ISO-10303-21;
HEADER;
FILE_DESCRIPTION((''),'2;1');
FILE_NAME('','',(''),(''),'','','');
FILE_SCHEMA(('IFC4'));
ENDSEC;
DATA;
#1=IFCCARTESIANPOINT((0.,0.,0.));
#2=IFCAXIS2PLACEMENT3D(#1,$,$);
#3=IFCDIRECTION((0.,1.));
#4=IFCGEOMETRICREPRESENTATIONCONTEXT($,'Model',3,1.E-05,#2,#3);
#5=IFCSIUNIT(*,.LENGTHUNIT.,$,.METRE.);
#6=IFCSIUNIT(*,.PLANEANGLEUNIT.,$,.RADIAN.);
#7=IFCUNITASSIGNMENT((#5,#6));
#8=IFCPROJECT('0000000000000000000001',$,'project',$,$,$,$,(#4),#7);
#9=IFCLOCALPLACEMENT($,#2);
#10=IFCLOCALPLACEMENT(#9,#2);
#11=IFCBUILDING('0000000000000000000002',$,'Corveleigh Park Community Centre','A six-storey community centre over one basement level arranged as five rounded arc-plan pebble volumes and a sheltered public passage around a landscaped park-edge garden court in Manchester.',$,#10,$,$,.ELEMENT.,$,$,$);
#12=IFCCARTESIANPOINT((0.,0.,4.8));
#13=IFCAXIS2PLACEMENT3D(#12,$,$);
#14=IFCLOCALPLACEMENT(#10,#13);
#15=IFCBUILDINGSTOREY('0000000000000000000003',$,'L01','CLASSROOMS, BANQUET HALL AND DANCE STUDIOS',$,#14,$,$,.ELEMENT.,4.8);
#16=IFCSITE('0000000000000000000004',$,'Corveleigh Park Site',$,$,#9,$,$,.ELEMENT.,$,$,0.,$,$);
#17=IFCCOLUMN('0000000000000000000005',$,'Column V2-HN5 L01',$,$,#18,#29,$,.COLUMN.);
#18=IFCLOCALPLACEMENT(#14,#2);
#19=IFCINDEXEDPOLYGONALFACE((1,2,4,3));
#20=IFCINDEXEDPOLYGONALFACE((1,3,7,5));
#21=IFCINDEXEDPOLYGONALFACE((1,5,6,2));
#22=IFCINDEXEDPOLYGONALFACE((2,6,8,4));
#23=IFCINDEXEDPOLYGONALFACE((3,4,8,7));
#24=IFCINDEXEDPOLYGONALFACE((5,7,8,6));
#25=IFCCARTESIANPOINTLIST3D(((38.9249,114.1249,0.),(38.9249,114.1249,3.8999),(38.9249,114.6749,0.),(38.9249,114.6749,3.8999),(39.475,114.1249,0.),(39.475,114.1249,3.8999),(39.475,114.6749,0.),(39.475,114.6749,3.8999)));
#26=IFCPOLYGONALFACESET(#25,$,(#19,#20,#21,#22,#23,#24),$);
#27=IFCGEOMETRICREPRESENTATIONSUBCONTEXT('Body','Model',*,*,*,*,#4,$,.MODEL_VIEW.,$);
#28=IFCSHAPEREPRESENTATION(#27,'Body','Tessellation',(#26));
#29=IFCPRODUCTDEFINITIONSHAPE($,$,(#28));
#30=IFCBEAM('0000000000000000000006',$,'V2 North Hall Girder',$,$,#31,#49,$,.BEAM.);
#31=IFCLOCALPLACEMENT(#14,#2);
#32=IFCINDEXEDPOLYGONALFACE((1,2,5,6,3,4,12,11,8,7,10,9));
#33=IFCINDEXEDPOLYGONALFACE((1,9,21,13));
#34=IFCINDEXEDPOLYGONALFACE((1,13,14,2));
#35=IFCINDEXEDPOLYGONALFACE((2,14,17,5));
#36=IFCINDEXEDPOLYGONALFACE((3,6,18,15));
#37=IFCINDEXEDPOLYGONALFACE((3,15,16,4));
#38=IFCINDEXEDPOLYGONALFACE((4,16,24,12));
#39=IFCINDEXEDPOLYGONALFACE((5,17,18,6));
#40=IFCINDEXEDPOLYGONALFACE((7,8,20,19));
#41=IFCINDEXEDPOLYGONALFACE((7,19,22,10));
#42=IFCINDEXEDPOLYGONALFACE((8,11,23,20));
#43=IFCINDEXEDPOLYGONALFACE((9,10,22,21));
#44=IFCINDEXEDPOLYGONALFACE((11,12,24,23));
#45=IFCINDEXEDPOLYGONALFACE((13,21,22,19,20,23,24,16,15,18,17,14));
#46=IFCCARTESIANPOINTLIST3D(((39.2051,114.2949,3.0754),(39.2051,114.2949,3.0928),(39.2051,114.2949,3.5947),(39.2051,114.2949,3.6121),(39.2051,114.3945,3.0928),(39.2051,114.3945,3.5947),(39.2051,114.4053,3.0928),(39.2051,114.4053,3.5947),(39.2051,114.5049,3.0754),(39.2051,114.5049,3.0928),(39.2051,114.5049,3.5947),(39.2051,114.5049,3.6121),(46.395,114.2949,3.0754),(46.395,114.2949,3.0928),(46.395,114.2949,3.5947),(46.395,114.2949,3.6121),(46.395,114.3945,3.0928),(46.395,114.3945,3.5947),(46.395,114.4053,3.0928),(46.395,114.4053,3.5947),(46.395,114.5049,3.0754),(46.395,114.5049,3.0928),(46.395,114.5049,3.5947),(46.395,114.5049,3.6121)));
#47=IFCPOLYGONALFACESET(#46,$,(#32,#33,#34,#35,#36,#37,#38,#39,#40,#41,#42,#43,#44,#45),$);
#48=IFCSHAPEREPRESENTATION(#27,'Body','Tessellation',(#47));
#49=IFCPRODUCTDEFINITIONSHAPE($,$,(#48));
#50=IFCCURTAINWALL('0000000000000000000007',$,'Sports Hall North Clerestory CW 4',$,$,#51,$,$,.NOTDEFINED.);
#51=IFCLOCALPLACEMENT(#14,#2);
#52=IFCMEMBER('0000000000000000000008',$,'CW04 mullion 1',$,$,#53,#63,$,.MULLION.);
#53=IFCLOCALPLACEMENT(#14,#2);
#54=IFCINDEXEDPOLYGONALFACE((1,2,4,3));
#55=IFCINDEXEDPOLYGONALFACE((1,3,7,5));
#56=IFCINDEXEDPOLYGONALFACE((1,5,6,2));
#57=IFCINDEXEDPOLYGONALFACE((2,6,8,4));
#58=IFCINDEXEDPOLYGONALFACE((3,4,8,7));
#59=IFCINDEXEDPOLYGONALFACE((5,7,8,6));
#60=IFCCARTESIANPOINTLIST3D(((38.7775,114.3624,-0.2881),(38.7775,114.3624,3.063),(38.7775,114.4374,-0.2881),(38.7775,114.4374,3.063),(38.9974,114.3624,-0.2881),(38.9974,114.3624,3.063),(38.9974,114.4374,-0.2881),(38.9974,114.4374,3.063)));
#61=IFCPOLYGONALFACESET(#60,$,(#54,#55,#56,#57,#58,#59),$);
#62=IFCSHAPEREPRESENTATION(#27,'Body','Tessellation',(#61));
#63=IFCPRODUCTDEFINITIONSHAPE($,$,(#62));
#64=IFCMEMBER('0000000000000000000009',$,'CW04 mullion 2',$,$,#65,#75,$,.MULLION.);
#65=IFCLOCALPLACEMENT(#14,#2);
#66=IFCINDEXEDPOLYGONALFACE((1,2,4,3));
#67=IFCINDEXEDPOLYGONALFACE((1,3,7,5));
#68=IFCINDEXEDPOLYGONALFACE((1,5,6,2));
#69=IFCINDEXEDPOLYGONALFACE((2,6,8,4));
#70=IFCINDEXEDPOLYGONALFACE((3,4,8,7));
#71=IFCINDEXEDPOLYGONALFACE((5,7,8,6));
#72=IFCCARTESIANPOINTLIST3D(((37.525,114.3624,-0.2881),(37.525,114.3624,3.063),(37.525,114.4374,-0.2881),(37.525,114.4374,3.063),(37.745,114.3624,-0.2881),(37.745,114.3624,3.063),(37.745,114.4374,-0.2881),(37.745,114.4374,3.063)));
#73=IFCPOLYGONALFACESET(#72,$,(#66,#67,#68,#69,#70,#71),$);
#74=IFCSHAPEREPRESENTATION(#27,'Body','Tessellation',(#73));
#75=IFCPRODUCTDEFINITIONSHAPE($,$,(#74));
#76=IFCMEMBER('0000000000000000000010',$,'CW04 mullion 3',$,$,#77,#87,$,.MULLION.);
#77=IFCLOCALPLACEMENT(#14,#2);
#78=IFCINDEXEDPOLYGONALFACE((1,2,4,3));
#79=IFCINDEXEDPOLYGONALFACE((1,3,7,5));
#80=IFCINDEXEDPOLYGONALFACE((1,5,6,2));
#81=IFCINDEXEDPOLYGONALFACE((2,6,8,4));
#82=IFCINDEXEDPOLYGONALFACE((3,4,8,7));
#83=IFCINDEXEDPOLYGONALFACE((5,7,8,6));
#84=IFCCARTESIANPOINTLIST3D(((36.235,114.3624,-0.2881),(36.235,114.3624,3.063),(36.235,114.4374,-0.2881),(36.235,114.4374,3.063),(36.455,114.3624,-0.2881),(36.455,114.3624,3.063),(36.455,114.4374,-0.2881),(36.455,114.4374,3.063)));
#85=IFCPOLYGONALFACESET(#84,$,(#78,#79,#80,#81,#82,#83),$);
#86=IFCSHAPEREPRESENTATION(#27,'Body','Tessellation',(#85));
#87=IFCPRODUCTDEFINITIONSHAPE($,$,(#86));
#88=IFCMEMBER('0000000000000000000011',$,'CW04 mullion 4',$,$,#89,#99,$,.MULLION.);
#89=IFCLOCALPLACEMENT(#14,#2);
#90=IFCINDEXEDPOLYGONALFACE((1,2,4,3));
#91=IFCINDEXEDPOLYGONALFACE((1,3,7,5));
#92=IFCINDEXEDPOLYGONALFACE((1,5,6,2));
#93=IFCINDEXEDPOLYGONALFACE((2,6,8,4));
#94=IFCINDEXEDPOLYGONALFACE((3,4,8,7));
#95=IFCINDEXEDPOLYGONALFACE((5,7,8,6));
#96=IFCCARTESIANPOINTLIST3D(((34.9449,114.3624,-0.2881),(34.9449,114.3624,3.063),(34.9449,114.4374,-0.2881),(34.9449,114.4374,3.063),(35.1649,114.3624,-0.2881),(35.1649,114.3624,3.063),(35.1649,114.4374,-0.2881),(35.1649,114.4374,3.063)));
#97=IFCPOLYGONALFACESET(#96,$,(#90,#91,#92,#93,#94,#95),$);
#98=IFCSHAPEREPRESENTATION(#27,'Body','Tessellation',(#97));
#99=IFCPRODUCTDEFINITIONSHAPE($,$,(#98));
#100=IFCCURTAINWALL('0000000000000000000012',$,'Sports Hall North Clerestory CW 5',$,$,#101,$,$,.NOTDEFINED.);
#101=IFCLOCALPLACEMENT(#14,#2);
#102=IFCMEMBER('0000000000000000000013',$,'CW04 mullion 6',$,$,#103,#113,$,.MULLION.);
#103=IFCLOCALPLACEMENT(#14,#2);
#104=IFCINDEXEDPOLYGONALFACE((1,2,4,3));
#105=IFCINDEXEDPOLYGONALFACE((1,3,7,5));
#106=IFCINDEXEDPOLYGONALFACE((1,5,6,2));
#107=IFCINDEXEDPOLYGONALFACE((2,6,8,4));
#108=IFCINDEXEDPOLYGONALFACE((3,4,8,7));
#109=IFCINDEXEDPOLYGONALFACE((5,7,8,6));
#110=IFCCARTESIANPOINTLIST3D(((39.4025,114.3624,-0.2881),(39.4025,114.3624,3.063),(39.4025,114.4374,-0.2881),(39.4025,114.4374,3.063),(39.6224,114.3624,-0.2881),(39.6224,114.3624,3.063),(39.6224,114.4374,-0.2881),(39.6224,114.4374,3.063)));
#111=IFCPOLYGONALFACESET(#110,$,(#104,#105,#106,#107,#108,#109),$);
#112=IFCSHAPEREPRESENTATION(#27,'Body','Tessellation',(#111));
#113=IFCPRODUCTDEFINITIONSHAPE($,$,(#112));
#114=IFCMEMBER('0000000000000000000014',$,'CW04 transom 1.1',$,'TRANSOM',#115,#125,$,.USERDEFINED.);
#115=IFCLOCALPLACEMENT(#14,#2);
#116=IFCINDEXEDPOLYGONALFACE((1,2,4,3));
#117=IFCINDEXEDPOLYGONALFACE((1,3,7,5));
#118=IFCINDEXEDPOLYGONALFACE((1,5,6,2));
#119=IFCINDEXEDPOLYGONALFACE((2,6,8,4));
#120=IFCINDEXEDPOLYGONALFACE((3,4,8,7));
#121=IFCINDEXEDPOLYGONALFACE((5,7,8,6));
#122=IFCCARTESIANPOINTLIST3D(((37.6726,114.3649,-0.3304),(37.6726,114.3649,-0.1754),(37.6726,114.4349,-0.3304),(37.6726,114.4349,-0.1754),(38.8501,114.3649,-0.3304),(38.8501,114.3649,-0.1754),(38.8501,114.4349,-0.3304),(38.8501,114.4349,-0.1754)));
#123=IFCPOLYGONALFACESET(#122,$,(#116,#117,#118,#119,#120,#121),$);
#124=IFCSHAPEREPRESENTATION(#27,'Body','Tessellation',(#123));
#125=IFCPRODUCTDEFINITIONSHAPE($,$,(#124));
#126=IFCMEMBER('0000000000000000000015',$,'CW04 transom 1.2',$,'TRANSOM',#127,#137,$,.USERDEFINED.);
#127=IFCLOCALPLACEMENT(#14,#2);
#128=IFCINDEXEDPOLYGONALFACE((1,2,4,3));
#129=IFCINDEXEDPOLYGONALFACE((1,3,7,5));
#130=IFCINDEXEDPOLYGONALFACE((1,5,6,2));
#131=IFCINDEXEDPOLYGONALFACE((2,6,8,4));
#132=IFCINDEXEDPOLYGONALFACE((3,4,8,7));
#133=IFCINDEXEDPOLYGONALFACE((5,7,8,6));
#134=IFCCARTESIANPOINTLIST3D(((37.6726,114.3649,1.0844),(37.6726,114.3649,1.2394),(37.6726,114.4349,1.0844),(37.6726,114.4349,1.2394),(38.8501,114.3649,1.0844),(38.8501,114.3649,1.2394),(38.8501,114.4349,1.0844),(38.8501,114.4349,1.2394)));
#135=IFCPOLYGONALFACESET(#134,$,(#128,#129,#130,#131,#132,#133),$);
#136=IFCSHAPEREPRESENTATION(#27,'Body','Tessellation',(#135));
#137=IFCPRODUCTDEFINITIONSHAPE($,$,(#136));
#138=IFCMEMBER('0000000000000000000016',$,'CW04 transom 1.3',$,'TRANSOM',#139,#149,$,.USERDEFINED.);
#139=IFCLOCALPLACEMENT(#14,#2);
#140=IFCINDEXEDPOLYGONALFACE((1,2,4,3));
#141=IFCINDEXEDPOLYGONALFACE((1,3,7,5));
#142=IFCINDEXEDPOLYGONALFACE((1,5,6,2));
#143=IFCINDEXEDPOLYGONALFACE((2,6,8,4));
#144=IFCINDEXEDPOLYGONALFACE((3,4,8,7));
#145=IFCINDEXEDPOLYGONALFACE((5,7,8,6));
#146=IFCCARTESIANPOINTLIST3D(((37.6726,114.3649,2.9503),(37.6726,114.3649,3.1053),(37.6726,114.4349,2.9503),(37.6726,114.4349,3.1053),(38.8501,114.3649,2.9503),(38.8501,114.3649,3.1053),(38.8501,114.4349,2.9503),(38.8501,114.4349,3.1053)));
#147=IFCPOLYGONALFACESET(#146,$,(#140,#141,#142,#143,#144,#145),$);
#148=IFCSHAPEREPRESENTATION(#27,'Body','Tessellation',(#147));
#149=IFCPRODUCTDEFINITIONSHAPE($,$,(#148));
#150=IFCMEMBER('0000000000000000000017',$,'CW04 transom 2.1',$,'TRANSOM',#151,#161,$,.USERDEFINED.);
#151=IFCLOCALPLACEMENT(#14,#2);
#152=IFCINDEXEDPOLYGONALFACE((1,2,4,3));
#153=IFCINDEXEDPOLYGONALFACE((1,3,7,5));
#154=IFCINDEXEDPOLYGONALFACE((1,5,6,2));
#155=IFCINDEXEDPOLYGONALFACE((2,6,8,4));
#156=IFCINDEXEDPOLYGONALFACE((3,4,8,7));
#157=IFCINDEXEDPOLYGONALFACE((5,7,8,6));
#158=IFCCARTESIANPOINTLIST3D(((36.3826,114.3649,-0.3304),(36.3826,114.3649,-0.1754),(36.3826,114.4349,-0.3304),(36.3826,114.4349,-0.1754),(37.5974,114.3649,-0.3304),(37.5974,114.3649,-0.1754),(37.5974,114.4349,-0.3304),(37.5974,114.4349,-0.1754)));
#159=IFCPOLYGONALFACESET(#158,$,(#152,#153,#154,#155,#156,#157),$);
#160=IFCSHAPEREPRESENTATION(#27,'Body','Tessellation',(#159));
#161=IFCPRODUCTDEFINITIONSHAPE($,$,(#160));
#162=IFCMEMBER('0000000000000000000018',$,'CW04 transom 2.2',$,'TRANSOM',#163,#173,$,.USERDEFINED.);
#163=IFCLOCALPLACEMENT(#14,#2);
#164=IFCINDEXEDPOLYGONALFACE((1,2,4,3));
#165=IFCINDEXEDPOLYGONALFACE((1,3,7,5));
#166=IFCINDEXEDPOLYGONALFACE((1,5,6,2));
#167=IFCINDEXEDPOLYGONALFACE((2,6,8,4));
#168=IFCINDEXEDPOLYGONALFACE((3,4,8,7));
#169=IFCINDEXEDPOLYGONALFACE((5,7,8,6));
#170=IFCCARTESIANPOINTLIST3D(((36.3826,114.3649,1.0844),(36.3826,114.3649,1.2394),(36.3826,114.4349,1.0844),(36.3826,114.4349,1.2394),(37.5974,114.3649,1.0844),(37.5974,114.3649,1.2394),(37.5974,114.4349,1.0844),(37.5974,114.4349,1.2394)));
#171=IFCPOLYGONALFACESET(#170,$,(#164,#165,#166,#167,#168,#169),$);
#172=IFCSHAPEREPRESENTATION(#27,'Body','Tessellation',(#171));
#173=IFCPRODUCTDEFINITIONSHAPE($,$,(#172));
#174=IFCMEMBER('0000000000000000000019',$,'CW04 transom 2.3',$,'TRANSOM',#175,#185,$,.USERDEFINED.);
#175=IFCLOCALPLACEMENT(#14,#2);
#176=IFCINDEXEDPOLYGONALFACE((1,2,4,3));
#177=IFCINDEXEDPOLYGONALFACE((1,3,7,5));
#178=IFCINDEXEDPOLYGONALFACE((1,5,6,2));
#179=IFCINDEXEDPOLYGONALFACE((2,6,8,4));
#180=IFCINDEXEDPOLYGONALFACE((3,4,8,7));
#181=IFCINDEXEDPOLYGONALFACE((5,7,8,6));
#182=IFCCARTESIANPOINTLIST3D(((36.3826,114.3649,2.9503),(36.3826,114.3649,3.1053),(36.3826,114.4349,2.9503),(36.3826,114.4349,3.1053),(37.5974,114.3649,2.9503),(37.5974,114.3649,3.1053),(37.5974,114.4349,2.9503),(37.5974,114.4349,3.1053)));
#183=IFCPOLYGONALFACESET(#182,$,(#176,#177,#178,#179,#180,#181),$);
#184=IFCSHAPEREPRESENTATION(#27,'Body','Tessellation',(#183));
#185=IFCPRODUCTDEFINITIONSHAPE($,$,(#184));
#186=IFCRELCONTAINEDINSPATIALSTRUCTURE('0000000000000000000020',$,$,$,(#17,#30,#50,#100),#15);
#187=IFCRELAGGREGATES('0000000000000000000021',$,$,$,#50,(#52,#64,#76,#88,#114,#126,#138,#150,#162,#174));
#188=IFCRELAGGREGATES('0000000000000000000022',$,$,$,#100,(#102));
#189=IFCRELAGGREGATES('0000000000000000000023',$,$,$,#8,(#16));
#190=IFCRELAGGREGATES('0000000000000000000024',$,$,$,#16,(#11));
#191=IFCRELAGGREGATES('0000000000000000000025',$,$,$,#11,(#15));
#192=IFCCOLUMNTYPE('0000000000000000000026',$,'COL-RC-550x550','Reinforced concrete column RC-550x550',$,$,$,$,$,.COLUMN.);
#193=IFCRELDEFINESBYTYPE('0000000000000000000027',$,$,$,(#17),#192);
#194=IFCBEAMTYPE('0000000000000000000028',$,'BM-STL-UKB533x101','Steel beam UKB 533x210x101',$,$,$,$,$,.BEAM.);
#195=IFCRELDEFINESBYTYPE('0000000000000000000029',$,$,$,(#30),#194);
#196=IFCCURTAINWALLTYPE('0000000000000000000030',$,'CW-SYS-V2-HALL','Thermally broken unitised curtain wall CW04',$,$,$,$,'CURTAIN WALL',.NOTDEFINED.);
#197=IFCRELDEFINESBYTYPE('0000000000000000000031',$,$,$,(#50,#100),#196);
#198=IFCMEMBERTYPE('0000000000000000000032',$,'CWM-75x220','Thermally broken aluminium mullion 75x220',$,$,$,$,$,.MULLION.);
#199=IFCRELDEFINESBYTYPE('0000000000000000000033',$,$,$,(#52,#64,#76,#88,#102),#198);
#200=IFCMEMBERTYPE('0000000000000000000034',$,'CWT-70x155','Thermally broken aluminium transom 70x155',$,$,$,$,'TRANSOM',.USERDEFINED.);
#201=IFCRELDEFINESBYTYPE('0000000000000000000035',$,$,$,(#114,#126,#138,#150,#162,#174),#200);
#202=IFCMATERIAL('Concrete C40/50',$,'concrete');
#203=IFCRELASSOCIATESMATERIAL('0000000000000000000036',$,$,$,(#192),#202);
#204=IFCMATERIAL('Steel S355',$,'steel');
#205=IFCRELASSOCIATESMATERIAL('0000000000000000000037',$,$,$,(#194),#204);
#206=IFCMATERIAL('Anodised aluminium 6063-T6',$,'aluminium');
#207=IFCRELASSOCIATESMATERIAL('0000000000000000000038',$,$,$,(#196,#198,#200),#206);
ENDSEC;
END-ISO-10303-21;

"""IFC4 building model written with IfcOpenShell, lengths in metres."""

from ifc_helpers import new_model, si_unit, direction, frame, origin, origin_2d, place, context, subcontext, project, spatial, rectangle, i_section, extrude, material, material_profile, profile_set, type_object, element, aggregate, save


model = new_model("IFC4")

# Units and contexts
model_context = context("Model", 3, precision=1e-05, world=origin(), true_north=direction((0.0, 1.0)))
body_context = subcontext(model_context, "Body", "Model", "MODEL_VIEW")
ifc_project = project(units=[si_unit("LENGTHUNIT", "METRE"), si_unit("PLANEANGLEUNIT", "RADIAN")], contexts=[model_context])

# Site, building, storey
site_placement = place(None, origin())
site = spatial("IfcSite", under=ifc_project, at=site_placement, Name="Corveleigh Park Site", CompositionType="ELEMENT", RefElevation=0.0)
building_placement = place(site_placement, origin())
building = spatial("IfcBuilding", under=site, at=building_placement, Name="Corveleigh Park Community Centre", Description="A six-storey community centre over one basement level arranged as five rounded arc-plan pebble volumes and a sheltered public passage around a landscaped park-edge garden court in Manchester.", CompositionType="ELEMENT")
storey_placement = place(building_placement, frame((0.0, 0.0, 4.8)))
storey = spatial("IfcBuildingStorey", under=building, at=storey_placement, Name="L01", Description="CLASSROOMS, BANQUET HALL AND DANCE STUDIOS", CompositionType="ELEMENT", Elevation=4.8)

# Column
ifc_material_1 = material(Name="Concrete C40/50", Category="concrete")
ifc_material_profile_1 = material_profile(ifc_material_1, rectangle(XDim=0.55, YDim=0.55, at=origin_2d()), Name="RC-550x550", Category="concrete")
ifc_profile_set_1 = profile_set([ifc_material_profile_1], Name="Concrete C40/50")
column_type = type_object("IfcColumnType", Name="COL-RC-550x550", Description="Reinforced concrete column RC-550x550", PredefinedType="COLUMN", material=ifc_profile_set_1)
column_placement = place(storey_placement, frame((39.2, 114.3999, 0.0), z_axis=(0.0, 0.0, 1.0), x_axis=(1.0, 0.0, 0.0)))
element("IfcColumn", 1, at=column_placement, inside=storey, type_object=column_type, Name="Column V2-HN5 L01", PredefinedType="COLUMN", context=body_context, shape_type="SweptSolid", body=[
    extrude(rectangle(XDim=0.55, YDim=0.55, at=origin_2d()), origin(), (0.0, 0.0, 1.0), 3.8999),
])

# Beam
ifc_material_2 = material(Name="Steel S355", Category="steel")
ifc_material_profile_2 = material_profile(ifc_material_2, i_section(OverallWidth=0.21, OverallDepth=0.5366, WebThickness=0.0107, FlangeThickness=0.0173, at=origin_2d()), Name="UKB 533x210x101", Category="steel")
ifc_profile_set_2 = profile_set([ifc_material_profile_2], Name="Steel S355")
beam_type = type_object("IfcBeamType", Name="BM-STL-UKB533x101", Description="Steel beam UKB 533x210x101", PredefinedType="BEAM", material=ifc_profile_set_2)
beam_placement = place(storey_placement, frame((39.2051, 114.3999, 3.3438), z_axis=(1.0, 0.0, 0.0), x_axis=(0.0, 1.0, 0.0)))
element("IfcBeam", 2, at=beam_placement, inside=storey, type_object=beam_type, Name="V2 North Hall Girder", PredefinedType="BEAM", context=body_context, shape_type="SweptSolid", body=[
    extrude(i_section(OverallWidth=0.21, OverallDepth=0.5366, WebThickness=0.0107, FlangeThickness=0.0173, at=origin_2d()), origin(), (0.0, 0.0, 1.0), 7.1899),
])

# Curtain wall, members
ifc_material_3 = material(Name="Anodised aluminium 6063-T6", Category="aluminium")
curtain_wall_type = type_object("IfcCurtainWallType", Name="CW-SYS-V2-HALL", Description="Thermally broken unitised curtain wall CW04", ElementType="CURTAIN WALL", PredefinedType="NOTDEFINED", material=ifc_material_3)
curtain_wall_1_placement = place(storey_placement, origin())
curtain_wall_1 = element("IfcCurtainWall", 3, at=curtain_wall_1_placement, inside=storey, type_object=curtain_wall_type, Name="Sports Hall North Clerestory CW 4", PredefinedType="NOTDEFINED")
ifc_material_profile_3 = material_profile(ifc_material_3, rectangle(XDim=0.075, YDim=0.22, at=origin_2d()), Name="ALU-M75x220", Category="aluminium")
ifc_profile_set_3 = profile_set([ifc_material_profile_3], Name="Anodised aluminium 6063-T6")
member_type_1 = type_object("IfcMemberType", Name="CWM-75x220", Description="Thermally broken aluminium mullion 75x220", PredefinedType="MULLION", material=ifc_profile_set_3)
member_1_placement = place(storey_placement, frame((38.8875, 114.3999, -0.2881), z_axis=(0.0, 0.0, 1.0), x_axis=(0.0, -1.0, 0.0)))
member_1 = element("IfcMember", 4, at=member_1_placement, type_object=member_type_1, Name="CW04 mullion 1", PredefinedType="MULLION", context=body_context, shape_type="SweptSolid", body=[
    extrude(rectangle(XDim=0.075, YDim=0.22, at=origin_2d()), origin(), (0.0, 0.0, 1.0), 3.3511),
])
member_2_placement = place(storey_placement, frame((37.635, 114.3999, -0.2881), z_axis=(0.0, 0.0, 1.0), x_axis=(0.0, -1.0, 0.0)))
member_2 = element("IfcMember", 5, at=member_2_placement, type_object=member_type_1, Name="CW04 mullion 2", PredefinedType="MULLION", context=body_context, shape_type="SweptSolid", body=[
    extrude(rectangle(XDim=0.075, YDim=0.22, at=origin_2d()), origin(), (0.0, 0.0, 1.0), 3.3511),
])
member_3_placement = place(storey_placement, frame((36.345, 114.3999, -0.2881), z_axis=(0.0, 0.0, 1.0), x_axis=(0.0, -1.0, 0.0)))
member_3 = element("IfcMember", 6, at=member_3_placement, type_object=member_type_1, Name="CW04 mullion 3", PredefinedType="MULLION", context=body_context, shape_type="SweptSolid", body=[
    extrude(rectangle(XDim=0.075, YDim=0.22, at=origin_2d()), origin(), (0.0, 0.0, 1.0), 3.3511),
])
member_4_placement = place(storey_placement, frame((35.0549, 114.3999, -0.2881), z_axis=(0.0, 0.0, 1.0), x_axis=(0.0, -1.0, 0.0)))
member_4 = element("IfcMember", 7, at=member_4_placement, type_object=member_type_1, Name="CW04 mullion 4", PredefinedType="MULLION", context=body_context, shape_type="SweptSolid", body=[
    extrude(rectangle(XDim=0.075, YDim=0.22, at=origin_2d()), origin(), (0.0, 0.0, 1.0), 3.3511),
])

# Curtain wall, member
curtain_wall_2_placement = place(storey_placement, origin())
curtain_wall_2 = element("IfcCurtainWall", 8, at=curtain_wall_2_placement, inside=storey, type_object=curtain_wall_type, Name="Sports Hall North Clerestory CW 5", PredefinedType="NOTDEFINED")
member_5_placement = place(storey_placement, frame((39.5125, 114.3999, -0.2881), z_axis=(0.0, 0.0, 1.0), x_axis=(0.0, -1.0, 0.0)))
member_5 = element("IfcMember", 9, at=member_5_placement, type_object=member_type_1, Name="CW04 mullion 6", PredefinedType="MULLION", context=body_context, shape_type="SweptSolid", body=[
    extrude(rectangle(XDim=0.075, YDim=0.22, at=origin_2d()), origin(), (0.0, 0.0, 1.0), 3.3511),
])

# Members
ifc_material_profile_4 = material_profile(ifc_material_3, rectangle(XDim=0.0701, YDim=0.155, at=origin_2d()), Name="ALU-T70x155", Category="aluminium")
ifc_profile_set_4 = profile_set([ifc_material_profile_4], Name="Anodised aluminium 6063-T6")
member_type_2 = type_object("IfcMemberType", Name="CWT-70x155", Description="Thermally broken aluminium transom 70x155", ElementType="TRANSOM", PredefinedType="USERDEFINED", material=ifc_profile_set_4)
member_6_placement = place(storey_placement, frame((38.8501, 114.3999, -0.2529), z_axis=(-1.0, 0.0, 0.0), x_axis=(0.0, -1.0, 0.0)))
member_6 = element("IfcMember", 10, at=member_6_placement, type_object=member_type_2, Name="CW04 transom 1.1", ObjectType="TRANSOM", PredefinedType="USERDEFINED", context=body_context, shape_type="SweptSolid", body=[
    extrude(rectangle(XDim=0.0701, YDim=0.155, at=origin_2d()), origin(), (0.0, 0.0, 1.0), 1.1775),
])
member_7_placement = place(storey_placement, frame((38.8501, 114.3999, 1.1619), z_axis=(-1.0, 0.0, 0.0), x_axis=(0.0, -1.0, 0.0)))
member_7 = element("IfcMember", 11, at=member_7_placement, type_object=member_type_2, Name="CW04 transom 1.2", ObjectType="TRANSOM", PredefinedType="USERDEFINED", context=body_context, shape_type="SweptSolid", body=[
    extrude(rectangle(XDim=0.0701, YDim=0.155, at=origin_2d()), origin(), (0.0, 0.0, 1.0), 1.1775),
])
member_8_placement = place(storey_placement, frame((38.8501, 114.3999, 3.0278), z_axis=(-1.0, 0.0, 0.0), x_axis=(0.0, -1.0, 0.0)))
member_8 = element("IfcMember", 12, at=member_8_placement, type_object=member_type_2, Name="CW04 transom 1.3", ObjectType="TRANSOM", PredefinedType="USERDEFINED", context=body_context, shape_type="SweptSolid", body=[
    extrude(rectangle(XDim=0.0701, YDim=0.155, at=origin_2d()), origin(), (0.0, 0.0, 1.0), 1.1775),
])
member_9_placement = place(storey_placement, frame((37.5974, 114.3999, -0.2529), z_axis=(-1.0, 0.0, 0.0), x_axis=(0.0, -1.0, 0.0)))
member_9 = element("IfcMember", 13, at=member_9_placement, type_object=member_type_2, Name="CW04 transom 2.1", ObjectType="TRANSOM", PredefinedType="USERDEFINED", context=body_context, shape_type="SweptSolid", body=[
    extrude(rectangle(XDim=0.0701, YDim=0.155, at=origin_2d()), origin(), (0.0, 0.0, 1.0), 1.2148),
])
member_10_placement = place(storey_placement, frame((37.5974, 114.3999, 1.1619), z_axis=(-1.0, 0.0, 0.0), x_axis=(0.0, -1.0, 0.0)))
member_10 = element("IfcMember", 14, at=member_10_placement, type_object=member_type_2, Name="CW04 transom 2.2", ObjectType="TRANSOM", PredefinedType="USERDEFINED", context=body_context, shape_type="SweptSolid", body=[
    extrude(rectangle(XDim=0.0701, YDim=0.155, at=origin_2d()), origin(), (0.0, 0.0, 1.0), 1.2148),
])
member_11_placement = place(storey_placement, frame((37.5974, 114.3999, 3.0278), z_axis=(-1.0, 0.0, 0.0), x_axis=(0.0, -1.0, 0.0)))
member_11 = element("IfcMember", 15, at=member_11_placement, type_object=member_type_2, Name="CW04 transom 2.3", ObjectType="TRANSOM", PredefinedType="USERDEFINED", context=body_context, shape_type="SweptSolid", body=[
    extrude(rectangle(XDim=0.0701, YDim=0.155, at=origin_2d()), origin(), (0.0, 0.0, 1.0), 1.2148),
])

aggregate(curtain_wall_1, [member_1, member_2, member_3, member_4, member_6, member_7, member_8, member_9, member_10, member_11])
aggregate(curtain_wall_2, [member_5])

save(model, "model.ifc")
